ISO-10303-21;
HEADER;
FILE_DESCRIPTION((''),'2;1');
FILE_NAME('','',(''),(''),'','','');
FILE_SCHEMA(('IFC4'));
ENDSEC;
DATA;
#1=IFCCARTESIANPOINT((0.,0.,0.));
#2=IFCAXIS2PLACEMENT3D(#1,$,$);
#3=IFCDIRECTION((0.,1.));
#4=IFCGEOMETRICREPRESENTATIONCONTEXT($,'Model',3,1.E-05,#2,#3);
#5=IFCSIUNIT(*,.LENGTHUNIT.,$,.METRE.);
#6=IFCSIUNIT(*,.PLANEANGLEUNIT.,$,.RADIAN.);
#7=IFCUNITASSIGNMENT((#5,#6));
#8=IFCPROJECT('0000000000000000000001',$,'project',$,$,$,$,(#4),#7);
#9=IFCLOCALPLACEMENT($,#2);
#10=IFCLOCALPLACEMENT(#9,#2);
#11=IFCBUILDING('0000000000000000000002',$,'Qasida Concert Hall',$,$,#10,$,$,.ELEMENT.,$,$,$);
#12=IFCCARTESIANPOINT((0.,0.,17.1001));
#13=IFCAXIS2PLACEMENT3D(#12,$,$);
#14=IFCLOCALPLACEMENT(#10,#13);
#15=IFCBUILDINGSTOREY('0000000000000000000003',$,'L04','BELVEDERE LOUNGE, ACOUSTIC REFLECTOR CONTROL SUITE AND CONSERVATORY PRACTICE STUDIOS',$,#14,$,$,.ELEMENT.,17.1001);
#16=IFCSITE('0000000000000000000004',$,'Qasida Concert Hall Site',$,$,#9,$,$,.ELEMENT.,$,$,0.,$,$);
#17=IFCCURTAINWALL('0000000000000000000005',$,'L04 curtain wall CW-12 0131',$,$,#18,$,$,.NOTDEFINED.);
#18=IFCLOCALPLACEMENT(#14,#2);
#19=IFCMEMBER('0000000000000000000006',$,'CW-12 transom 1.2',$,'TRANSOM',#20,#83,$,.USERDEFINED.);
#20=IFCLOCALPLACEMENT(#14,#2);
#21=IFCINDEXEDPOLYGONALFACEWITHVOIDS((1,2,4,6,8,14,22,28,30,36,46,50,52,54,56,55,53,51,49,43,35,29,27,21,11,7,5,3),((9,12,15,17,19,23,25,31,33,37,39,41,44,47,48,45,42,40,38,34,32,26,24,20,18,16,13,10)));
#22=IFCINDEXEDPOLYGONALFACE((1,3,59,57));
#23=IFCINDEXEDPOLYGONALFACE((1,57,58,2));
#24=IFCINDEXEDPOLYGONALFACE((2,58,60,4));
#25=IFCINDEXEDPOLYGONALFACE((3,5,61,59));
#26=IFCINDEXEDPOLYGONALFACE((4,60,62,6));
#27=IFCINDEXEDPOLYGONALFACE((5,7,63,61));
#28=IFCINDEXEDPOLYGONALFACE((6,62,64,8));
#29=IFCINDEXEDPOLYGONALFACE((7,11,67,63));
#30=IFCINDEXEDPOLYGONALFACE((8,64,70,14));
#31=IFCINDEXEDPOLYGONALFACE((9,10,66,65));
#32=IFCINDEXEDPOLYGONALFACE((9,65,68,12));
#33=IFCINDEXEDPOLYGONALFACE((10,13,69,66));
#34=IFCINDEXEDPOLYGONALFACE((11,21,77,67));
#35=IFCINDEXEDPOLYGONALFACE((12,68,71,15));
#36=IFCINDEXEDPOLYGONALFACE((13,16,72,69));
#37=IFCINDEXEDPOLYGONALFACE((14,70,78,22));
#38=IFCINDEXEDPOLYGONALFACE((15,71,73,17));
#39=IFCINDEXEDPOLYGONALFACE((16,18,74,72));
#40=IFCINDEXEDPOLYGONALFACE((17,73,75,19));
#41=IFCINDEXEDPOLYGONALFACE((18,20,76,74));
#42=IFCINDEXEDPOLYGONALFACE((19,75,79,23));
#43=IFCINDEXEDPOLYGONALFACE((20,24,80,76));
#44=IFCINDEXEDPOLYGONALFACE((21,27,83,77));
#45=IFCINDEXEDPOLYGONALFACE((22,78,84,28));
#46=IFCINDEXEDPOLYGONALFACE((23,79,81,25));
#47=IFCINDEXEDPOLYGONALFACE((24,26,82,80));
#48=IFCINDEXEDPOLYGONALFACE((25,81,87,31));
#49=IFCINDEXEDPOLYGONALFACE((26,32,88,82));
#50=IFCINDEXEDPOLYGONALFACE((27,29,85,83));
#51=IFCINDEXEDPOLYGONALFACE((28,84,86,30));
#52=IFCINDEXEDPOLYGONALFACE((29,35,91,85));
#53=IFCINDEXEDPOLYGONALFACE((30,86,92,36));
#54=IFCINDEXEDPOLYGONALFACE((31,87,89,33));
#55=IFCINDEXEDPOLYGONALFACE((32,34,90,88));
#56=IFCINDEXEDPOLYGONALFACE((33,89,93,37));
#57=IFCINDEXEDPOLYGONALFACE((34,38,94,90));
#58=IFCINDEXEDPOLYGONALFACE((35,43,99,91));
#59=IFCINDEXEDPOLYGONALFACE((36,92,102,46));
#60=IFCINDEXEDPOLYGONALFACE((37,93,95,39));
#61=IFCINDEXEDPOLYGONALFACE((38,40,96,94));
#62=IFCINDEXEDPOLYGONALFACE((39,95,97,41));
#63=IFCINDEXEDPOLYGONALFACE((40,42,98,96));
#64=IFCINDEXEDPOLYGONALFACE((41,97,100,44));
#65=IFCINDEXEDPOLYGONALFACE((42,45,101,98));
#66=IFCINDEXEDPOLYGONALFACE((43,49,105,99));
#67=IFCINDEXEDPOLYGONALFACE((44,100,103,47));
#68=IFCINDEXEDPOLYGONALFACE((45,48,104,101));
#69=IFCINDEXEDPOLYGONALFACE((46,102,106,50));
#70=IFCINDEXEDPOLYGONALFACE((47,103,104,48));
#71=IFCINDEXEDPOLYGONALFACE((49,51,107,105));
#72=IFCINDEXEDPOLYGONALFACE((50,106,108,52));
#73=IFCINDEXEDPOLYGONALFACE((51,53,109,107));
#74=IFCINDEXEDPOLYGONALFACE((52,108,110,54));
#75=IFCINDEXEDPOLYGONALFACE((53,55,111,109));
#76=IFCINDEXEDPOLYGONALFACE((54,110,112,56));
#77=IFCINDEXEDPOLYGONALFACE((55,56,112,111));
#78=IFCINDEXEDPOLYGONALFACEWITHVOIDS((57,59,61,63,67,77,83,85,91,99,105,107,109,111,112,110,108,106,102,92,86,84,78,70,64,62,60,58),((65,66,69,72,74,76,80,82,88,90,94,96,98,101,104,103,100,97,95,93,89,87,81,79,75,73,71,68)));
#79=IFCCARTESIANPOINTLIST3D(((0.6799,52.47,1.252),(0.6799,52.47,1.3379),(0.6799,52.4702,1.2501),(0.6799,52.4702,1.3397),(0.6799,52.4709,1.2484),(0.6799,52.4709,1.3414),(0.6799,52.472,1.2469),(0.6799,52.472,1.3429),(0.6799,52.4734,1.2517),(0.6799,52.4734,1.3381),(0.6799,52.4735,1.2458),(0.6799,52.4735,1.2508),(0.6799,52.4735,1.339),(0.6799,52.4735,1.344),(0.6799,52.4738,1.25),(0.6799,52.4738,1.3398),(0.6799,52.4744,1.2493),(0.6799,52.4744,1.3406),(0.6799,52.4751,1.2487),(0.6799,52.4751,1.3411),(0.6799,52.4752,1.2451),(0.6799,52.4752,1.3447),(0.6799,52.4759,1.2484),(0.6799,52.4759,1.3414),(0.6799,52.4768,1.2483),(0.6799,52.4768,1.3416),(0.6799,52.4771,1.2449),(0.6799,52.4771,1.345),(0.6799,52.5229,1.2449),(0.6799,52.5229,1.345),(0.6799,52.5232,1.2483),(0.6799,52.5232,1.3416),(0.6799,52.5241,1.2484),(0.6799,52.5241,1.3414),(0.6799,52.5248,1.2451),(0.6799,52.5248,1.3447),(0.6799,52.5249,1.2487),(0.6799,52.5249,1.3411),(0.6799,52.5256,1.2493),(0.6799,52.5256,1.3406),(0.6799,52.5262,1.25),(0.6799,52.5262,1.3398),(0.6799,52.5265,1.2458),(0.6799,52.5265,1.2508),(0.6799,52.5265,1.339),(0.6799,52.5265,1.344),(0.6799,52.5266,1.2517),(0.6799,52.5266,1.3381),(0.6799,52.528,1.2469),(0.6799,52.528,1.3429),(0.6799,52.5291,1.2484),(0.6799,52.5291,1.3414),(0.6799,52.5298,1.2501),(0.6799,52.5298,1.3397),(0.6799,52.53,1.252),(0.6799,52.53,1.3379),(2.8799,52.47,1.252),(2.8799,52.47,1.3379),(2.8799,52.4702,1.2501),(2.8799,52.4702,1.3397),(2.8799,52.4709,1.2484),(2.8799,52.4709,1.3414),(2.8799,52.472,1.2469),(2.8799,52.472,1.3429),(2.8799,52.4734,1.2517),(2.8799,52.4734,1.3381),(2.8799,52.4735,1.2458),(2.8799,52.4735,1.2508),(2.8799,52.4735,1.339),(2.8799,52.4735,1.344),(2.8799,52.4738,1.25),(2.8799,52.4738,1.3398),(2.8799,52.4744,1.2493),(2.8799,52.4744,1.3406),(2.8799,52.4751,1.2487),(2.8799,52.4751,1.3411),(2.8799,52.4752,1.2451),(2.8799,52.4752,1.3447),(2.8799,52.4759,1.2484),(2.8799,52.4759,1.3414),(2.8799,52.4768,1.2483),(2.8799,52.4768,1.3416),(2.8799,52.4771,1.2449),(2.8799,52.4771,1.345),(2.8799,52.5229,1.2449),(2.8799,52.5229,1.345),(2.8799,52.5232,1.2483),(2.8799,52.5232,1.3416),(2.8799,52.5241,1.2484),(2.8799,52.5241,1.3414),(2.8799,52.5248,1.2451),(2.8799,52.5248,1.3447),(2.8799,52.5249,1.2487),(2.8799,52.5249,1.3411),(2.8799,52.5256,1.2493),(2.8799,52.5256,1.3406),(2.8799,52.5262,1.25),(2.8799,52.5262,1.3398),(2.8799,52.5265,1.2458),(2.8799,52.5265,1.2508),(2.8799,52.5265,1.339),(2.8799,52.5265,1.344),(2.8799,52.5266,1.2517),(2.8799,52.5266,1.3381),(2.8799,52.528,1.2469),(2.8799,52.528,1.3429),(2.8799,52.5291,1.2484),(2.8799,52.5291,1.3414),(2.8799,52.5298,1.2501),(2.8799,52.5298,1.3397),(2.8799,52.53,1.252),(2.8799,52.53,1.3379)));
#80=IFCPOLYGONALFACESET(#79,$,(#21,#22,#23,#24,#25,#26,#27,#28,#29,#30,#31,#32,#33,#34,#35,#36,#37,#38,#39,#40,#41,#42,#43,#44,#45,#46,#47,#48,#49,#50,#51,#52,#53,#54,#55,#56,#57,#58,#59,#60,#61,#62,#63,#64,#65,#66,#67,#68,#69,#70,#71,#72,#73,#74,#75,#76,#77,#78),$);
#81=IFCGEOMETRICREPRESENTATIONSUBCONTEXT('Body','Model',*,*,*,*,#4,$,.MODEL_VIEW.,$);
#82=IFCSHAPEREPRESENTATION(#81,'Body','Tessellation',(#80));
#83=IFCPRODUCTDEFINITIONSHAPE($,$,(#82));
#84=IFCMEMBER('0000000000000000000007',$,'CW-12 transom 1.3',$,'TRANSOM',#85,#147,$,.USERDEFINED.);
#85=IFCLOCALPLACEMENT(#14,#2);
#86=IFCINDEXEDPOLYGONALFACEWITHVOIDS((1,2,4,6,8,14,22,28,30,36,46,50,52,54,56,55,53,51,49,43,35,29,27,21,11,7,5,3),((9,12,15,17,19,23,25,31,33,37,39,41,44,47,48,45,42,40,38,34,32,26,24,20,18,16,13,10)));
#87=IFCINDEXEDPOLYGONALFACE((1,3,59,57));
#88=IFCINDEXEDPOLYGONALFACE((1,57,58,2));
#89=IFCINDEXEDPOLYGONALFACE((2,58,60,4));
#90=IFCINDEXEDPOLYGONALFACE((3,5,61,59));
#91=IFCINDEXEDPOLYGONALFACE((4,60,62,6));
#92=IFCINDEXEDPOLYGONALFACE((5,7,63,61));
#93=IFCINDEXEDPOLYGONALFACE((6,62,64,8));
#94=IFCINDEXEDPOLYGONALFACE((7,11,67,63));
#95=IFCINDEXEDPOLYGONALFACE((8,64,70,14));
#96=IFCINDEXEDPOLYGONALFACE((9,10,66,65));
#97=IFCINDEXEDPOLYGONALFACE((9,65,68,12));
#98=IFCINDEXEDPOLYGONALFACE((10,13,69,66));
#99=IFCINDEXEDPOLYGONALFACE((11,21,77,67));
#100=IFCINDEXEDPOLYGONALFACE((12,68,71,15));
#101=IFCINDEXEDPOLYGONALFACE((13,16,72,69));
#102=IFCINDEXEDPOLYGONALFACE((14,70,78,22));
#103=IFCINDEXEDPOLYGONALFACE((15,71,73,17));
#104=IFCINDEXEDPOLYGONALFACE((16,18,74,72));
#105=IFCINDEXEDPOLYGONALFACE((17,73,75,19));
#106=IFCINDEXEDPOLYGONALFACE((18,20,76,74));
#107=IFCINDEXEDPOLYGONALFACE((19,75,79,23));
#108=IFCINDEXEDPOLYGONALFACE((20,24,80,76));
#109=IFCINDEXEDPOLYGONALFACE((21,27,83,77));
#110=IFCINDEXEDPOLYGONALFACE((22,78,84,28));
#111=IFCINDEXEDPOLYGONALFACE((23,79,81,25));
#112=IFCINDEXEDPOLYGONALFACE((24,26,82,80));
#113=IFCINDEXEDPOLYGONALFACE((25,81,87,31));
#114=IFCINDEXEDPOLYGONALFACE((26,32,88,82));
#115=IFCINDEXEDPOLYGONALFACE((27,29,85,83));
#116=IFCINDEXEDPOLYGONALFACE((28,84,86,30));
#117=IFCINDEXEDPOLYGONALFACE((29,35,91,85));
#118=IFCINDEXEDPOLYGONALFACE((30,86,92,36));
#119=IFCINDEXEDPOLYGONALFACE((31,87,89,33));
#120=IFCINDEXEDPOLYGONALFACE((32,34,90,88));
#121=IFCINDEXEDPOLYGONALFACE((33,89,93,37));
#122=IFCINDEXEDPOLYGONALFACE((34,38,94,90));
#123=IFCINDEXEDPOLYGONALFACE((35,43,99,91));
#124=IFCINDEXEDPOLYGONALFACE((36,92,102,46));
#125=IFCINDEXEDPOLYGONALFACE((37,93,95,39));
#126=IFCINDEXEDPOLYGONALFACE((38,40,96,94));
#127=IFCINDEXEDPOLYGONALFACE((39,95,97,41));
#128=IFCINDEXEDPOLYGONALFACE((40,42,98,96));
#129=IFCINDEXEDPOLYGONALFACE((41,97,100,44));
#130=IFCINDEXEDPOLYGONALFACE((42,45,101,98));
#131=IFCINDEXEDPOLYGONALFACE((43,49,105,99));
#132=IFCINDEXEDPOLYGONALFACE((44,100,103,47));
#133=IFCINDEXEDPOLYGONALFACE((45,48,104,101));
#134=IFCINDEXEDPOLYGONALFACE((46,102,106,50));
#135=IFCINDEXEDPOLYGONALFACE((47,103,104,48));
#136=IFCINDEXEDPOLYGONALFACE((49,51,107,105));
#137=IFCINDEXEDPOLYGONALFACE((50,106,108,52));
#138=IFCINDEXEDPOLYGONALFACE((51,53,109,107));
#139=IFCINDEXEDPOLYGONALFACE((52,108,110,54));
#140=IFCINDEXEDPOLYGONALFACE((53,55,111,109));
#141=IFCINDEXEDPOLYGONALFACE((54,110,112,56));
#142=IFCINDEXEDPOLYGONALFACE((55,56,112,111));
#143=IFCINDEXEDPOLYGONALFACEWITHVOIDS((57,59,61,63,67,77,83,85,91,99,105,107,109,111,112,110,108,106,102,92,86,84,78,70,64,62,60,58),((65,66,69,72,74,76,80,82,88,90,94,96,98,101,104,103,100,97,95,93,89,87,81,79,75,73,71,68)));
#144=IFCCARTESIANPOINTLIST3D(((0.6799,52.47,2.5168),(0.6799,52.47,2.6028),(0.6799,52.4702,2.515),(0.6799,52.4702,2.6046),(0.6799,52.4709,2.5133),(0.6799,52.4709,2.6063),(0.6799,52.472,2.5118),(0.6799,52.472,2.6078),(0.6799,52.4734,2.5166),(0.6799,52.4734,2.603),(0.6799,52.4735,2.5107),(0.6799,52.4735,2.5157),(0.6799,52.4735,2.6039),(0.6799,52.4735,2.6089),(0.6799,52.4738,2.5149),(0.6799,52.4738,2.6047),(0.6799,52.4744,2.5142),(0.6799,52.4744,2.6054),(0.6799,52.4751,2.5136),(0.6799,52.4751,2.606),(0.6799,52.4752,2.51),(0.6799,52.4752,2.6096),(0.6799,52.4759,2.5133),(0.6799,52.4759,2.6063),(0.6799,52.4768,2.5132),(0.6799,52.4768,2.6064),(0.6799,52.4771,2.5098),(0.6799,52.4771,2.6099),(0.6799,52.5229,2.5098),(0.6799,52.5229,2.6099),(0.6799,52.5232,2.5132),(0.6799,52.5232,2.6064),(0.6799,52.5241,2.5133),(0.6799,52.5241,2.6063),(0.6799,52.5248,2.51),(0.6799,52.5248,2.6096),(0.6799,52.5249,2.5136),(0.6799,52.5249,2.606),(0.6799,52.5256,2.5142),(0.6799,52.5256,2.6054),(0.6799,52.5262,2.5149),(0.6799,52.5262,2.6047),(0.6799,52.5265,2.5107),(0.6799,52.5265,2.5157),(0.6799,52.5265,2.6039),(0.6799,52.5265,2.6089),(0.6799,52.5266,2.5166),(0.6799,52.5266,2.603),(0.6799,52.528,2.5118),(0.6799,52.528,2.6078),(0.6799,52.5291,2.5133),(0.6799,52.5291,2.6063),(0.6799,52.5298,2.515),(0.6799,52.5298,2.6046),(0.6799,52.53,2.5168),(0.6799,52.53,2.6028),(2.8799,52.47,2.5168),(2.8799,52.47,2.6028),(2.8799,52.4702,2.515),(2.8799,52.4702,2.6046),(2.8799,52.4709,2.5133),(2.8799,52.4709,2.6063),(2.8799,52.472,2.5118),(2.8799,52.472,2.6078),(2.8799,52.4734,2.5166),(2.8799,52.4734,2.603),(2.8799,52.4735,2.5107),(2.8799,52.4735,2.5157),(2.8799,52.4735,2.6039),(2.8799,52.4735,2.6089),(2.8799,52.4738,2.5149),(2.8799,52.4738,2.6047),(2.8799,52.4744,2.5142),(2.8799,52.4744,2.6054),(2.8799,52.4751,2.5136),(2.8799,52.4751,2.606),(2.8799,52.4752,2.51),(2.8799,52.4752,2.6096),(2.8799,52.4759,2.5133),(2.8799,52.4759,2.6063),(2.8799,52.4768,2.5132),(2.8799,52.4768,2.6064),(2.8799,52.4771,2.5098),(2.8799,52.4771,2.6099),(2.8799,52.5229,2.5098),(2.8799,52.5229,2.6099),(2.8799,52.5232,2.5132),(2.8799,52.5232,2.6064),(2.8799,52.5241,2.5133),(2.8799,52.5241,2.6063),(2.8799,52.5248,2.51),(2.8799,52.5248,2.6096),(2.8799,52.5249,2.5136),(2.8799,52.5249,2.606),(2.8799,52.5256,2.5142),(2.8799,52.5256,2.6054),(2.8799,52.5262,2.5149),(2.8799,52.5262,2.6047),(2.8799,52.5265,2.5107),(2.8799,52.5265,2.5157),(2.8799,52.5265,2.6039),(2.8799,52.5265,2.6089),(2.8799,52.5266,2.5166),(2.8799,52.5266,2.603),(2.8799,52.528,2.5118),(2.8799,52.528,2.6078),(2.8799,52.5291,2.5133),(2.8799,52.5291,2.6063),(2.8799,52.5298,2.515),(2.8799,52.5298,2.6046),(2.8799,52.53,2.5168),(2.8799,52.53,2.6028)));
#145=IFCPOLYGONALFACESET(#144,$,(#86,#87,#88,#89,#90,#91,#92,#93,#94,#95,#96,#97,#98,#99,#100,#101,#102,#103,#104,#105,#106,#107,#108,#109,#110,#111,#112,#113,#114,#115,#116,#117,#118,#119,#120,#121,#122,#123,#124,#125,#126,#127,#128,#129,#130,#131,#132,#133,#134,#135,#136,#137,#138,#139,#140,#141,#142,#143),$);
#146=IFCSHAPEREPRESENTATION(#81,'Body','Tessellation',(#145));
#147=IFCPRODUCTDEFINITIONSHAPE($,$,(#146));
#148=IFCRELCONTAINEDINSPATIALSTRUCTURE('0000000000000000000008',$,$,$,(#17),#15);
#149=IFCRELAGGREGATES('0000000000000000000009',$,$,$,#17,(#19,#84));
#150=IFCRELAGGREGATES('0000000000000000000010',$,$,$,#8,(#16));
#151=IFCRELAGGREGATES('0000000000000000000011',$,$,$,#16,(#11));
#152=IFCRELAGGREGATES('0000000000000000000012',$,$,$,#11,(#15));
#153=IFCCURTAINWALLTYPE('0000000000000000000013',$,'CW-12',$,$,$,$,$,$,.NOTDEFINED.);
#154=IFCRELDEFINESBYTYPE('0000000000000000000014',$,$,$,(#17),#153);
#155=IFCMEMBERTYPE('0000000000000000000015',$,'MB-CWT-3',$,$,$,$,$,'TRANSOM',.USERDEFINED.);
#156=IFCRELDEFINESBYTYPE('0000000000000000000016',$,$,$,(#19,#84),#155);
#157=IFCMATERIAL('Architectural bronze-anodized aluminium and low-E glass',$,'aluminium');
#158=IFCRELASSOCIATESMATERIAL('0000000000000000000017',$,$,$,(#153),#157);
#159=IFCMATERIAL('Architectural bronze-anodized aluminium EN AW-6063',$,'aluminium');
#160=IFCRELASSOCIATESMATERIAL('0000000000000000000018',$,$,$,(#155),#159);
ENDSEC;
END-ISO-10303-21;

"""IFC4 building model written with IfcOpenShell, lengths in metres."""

from ifc_helpers import new_model, si_unit, direction, frame, origin, origin_2d, place, context, subcontext, project, spatial, hollow_rectangle, extrude, material, material_profile, profile_set, type_object, element, aggregate, save


model = new_model("IFC4")

# Units and contexts
model_context = context("Model", 3, precision=1e-05, world=origin(), true_north=direction((0.0, 1.0)))
body_context = subcontext(model_context, "Body", "Model", "MODEL_VIEW")
ifc_project = project(units=[si_unit("LENGTHUNIT", "METRE"), si_unit("PLANEANGLEUNIT", "RADIAN")], contexts=[model_context])

# Site, building, storey
site_placement = place(None, origin())
site = spatial("IfcSite", under=ifc_project, at=site_placement, Name="Qasida Concert Hall Site", CompositionType="ELEMENT", RefElevation=0.0)
building_placement = place(site_placement, origin())
building = spatial("IfcBuilding", under=site, at=building_placement, Name="Qasida Concert Hall", CompositionType="ELEMENT")
storey_placement = place(building_placement, frame((0.0, 0.0, 17.1001)))
storey = spatial("IfcBuildingStorey", under=building, at=storey_placement, Name="L04", Description="BELVEDERE LOUNGE, ACOUSTIC REFLECTOR CONTROL SUITE AND CONSERVATORY PRACTICE STUDIOS", CompositionType="ELEMENT", Elevation=17.1001)

# Curtain wall, members
ifc_material_1 = material(Name="Architectural bronze-anodized aluminium and low-E glass", Category="aluminium")
curtain_wall_type = type_object("IfcCurtainWallType", Name="CW-12", PredefinedType="NOTDEFINED", material=ifc_material_1)
curtain_wall_placement = place(storey_placement, origin())
curtain_wall = element("IfcCurtainWall", 1, at=curtain_wall_placement, inside=storey, type_object=curtain_wall_type, Name="L04 curtain wall CW-12 0131", PredefinedType="NOTDEFINED")
ifc_material_2 = material(Name="Architectural bronze-anodized aluminium EN AW-6063", Category="aluminium")
ifc_material_profile_1 = material_profile(ifc_material_2, hollow_rectangle(XDim=0.0601, YDim=0.1001, WallThickness=0.0034, InnerFilletRadius=0.0034, OuterFilletRadius=0.0071, at=origin_2d()), Name="CWT 100x60x3.5")
ifc_profile_set_1 = profile_set([ifc_material_profile_1], Name="Architectural bronze-anodized aluminium EN AW-6063")
member_type_1 = type_object("IfcMemberType", Name="MB-CWT-3", ElementType="TRANSOM", PredefinedType="USERDEFINED", material=ifc_profile_set_1)
member_1_placement = place(storey_placement, frame((0.6799, 52.5, 1.2949), z_axis=(1.0, 0.0, 0.0), x_axis=(0.0, 1.0, 0.0)))
member_1 = element("IfcMember", 2, at=member_1_placement, type_object=member_type_1, Name="CW-12 transom 1.2", ObjectType="TRANSOM", PredefinedType="USERDEFINED", context=body_context, shape_type="SweptSolid", body=[
    extrude(hollow_rectangle(XDim=0.0601, YDim=0.1001, WallThickness=0.0034, InnerFilletRadius=0.0034, OuterFilletRadius=0.0071, at=origin_2d()), origin(), (0.0, 0.0, 1.0), 2.2),
])
member_2_placement = place(storey_placement, frame((0.6799, 52.5, 2.5598), z_axis=(1.0, 0.0, 0.0), x_axis=(0.0, 1.0, 0.0)))
member_2 = element("IfcMember", 3, at=member_2_placement, type_object=member_type_1, Name="CW-12 transom 1.3", ObjectType="TRANSOM", PredefinedType="USERDEFINED", context=body_context, shape_type="SweptSolid", body=[
    extrude(hollow_rectangle(XDim=0.0601, YDim=0.1001, WallThickness=0.0034, InnerFilletRadius=0.0034, OuterFilletRadius=0.0071, at=origin_2d()), origin(), (0.0, 0.0, 1.0), 2.2),
])
aggregate(curtain_wall, [member_1, member_2])

save(model, "model.ifc")
